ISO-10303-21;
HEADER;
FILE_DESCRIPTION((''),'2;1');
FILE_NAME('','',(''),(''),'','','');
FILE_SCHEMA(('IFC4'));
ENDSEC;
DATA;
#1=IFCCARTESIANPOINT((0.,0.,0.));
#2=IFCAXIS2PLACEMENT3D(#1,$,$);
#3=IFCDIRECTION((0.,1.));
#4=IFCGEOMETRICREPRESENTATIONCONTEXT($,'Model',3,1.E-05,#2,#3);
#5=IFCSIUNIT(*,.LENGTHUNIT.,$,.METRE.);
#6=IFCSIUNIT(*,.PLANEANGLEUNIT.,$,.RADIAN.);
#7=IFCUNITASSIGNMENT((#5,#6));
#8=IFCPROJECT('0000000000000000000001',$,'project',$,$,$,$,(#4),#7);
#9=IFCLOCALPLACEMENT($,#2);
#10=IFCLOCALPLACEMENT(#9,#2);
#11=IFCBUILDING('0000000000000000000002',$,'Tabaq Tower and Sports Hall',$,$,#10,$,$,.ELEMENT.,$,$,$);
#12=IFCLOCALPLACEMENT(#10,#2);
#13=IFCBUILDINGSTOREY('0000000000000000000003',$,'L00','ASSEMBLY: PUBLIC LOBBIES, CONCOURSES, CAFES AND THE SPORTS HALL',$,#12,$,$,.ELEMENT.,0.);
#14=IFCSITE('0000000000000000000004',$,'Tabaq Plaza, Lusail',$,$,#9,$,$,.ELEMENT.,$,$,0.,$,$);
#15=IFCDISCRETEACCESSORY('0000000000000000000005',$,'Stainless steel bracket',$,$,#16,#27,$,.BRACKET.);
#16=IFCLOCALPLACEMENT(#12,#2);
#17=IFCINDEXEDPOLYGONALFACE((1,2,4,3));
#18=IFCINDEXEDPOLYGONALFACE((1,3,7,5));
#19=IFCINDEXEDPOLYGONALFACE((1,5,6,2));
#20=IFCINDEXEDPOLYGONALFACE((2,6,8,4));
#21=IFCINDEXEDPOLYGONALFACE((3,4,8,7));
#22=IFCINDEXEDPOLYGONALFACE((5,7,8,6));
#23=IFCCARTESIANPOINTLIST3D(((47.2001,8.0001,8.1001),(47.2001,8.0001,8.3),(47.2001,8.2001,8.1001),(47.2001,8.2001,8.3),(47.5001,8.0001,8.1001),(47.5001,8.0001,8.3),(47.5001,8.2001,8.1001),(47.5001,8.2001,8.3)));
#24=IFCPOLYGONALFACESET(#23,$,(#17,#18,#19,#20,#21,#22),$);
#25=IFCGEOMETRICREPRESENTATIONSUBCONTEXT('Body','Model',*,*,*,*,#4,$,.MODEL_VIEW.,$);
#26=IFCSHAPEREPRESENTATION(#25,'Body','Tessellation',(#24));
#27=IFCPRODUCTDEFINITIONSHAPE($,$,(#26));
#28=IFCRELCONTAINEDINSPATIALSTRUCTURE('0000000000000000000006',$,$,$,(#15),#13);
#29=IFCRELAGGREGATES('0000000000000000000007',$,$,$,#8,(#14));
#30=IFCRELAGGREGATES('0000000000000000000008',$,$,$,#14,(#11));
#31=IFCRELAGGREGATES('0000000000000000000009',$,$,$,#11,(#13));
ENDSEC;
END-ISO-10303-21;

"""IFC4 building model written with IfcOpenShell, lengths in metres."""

from ifc_helpers import new_model, si_unit, direction, frame, origin, origin_2d, place, context, subcontext, project, spatial, rectangle, extrude, element, save


model = new_model("IFC4")

# Units and contexts
model_context = context("Model", 3, precision=1e-05, world=origin(), true_north=direction((0.0, 1.0)))
body_context = subcontext(model_context, "Body", "Model", "MODEL_VIEW")
ifc_project = project(units=[si_unit("LENGTHUNIT", "METRE"), si_unit("PLANEANGLEUNIT", "RADIAN")], contexts=[model_context])

# Site, building, storey
site_placement = place(None, origin())
site = spatial("IfcSite", under=ifc_project, at=site_placement, Name="Tabaq Plaza, Lusail", CompositionType="ELEMENT", RefElevation=0.0)
building_placement = place(site_placement, origin())
building = spatial("IfcBuilding", under=site, at=building_placement, Name="Tabaq Tower and Sports Hall", CompositionType="ELEMENT")
storey_placement = place(building_placement, origin())
storey = spatial("IfcBuildingStorey", under=building, at=storey_placement, Name="L00", Description="ASSEMBLY: PUBLIC LOBBIES, CONCOURSES, CAFES AND THE SPORTS HALL", CompositionType="ELEMENT", Elevation=0.0)

# Discrete accessory
discrete_accessory_placement = place(storey_placement, frame((47.3501, 8.1001, 8.1001), z_axis=(0.0, 0.0, 1.0), x_axis=(0.0, -1.0, 0.0)))
element("IfcDiscreteAccessory", 1, at=discrete_accessory_placement, inside=storey, Name="Stainless steel bracket", PredefinedType="BRACKET", context=body_context, shape_type="SweptSolid", body=[
    extrude(rectangle(XDim=0.2, YDim=0.3, at=origin_2d()), origin(), (0.0, 0.0, 1.0), 0.2),
])

save(model, "model.ifc")
